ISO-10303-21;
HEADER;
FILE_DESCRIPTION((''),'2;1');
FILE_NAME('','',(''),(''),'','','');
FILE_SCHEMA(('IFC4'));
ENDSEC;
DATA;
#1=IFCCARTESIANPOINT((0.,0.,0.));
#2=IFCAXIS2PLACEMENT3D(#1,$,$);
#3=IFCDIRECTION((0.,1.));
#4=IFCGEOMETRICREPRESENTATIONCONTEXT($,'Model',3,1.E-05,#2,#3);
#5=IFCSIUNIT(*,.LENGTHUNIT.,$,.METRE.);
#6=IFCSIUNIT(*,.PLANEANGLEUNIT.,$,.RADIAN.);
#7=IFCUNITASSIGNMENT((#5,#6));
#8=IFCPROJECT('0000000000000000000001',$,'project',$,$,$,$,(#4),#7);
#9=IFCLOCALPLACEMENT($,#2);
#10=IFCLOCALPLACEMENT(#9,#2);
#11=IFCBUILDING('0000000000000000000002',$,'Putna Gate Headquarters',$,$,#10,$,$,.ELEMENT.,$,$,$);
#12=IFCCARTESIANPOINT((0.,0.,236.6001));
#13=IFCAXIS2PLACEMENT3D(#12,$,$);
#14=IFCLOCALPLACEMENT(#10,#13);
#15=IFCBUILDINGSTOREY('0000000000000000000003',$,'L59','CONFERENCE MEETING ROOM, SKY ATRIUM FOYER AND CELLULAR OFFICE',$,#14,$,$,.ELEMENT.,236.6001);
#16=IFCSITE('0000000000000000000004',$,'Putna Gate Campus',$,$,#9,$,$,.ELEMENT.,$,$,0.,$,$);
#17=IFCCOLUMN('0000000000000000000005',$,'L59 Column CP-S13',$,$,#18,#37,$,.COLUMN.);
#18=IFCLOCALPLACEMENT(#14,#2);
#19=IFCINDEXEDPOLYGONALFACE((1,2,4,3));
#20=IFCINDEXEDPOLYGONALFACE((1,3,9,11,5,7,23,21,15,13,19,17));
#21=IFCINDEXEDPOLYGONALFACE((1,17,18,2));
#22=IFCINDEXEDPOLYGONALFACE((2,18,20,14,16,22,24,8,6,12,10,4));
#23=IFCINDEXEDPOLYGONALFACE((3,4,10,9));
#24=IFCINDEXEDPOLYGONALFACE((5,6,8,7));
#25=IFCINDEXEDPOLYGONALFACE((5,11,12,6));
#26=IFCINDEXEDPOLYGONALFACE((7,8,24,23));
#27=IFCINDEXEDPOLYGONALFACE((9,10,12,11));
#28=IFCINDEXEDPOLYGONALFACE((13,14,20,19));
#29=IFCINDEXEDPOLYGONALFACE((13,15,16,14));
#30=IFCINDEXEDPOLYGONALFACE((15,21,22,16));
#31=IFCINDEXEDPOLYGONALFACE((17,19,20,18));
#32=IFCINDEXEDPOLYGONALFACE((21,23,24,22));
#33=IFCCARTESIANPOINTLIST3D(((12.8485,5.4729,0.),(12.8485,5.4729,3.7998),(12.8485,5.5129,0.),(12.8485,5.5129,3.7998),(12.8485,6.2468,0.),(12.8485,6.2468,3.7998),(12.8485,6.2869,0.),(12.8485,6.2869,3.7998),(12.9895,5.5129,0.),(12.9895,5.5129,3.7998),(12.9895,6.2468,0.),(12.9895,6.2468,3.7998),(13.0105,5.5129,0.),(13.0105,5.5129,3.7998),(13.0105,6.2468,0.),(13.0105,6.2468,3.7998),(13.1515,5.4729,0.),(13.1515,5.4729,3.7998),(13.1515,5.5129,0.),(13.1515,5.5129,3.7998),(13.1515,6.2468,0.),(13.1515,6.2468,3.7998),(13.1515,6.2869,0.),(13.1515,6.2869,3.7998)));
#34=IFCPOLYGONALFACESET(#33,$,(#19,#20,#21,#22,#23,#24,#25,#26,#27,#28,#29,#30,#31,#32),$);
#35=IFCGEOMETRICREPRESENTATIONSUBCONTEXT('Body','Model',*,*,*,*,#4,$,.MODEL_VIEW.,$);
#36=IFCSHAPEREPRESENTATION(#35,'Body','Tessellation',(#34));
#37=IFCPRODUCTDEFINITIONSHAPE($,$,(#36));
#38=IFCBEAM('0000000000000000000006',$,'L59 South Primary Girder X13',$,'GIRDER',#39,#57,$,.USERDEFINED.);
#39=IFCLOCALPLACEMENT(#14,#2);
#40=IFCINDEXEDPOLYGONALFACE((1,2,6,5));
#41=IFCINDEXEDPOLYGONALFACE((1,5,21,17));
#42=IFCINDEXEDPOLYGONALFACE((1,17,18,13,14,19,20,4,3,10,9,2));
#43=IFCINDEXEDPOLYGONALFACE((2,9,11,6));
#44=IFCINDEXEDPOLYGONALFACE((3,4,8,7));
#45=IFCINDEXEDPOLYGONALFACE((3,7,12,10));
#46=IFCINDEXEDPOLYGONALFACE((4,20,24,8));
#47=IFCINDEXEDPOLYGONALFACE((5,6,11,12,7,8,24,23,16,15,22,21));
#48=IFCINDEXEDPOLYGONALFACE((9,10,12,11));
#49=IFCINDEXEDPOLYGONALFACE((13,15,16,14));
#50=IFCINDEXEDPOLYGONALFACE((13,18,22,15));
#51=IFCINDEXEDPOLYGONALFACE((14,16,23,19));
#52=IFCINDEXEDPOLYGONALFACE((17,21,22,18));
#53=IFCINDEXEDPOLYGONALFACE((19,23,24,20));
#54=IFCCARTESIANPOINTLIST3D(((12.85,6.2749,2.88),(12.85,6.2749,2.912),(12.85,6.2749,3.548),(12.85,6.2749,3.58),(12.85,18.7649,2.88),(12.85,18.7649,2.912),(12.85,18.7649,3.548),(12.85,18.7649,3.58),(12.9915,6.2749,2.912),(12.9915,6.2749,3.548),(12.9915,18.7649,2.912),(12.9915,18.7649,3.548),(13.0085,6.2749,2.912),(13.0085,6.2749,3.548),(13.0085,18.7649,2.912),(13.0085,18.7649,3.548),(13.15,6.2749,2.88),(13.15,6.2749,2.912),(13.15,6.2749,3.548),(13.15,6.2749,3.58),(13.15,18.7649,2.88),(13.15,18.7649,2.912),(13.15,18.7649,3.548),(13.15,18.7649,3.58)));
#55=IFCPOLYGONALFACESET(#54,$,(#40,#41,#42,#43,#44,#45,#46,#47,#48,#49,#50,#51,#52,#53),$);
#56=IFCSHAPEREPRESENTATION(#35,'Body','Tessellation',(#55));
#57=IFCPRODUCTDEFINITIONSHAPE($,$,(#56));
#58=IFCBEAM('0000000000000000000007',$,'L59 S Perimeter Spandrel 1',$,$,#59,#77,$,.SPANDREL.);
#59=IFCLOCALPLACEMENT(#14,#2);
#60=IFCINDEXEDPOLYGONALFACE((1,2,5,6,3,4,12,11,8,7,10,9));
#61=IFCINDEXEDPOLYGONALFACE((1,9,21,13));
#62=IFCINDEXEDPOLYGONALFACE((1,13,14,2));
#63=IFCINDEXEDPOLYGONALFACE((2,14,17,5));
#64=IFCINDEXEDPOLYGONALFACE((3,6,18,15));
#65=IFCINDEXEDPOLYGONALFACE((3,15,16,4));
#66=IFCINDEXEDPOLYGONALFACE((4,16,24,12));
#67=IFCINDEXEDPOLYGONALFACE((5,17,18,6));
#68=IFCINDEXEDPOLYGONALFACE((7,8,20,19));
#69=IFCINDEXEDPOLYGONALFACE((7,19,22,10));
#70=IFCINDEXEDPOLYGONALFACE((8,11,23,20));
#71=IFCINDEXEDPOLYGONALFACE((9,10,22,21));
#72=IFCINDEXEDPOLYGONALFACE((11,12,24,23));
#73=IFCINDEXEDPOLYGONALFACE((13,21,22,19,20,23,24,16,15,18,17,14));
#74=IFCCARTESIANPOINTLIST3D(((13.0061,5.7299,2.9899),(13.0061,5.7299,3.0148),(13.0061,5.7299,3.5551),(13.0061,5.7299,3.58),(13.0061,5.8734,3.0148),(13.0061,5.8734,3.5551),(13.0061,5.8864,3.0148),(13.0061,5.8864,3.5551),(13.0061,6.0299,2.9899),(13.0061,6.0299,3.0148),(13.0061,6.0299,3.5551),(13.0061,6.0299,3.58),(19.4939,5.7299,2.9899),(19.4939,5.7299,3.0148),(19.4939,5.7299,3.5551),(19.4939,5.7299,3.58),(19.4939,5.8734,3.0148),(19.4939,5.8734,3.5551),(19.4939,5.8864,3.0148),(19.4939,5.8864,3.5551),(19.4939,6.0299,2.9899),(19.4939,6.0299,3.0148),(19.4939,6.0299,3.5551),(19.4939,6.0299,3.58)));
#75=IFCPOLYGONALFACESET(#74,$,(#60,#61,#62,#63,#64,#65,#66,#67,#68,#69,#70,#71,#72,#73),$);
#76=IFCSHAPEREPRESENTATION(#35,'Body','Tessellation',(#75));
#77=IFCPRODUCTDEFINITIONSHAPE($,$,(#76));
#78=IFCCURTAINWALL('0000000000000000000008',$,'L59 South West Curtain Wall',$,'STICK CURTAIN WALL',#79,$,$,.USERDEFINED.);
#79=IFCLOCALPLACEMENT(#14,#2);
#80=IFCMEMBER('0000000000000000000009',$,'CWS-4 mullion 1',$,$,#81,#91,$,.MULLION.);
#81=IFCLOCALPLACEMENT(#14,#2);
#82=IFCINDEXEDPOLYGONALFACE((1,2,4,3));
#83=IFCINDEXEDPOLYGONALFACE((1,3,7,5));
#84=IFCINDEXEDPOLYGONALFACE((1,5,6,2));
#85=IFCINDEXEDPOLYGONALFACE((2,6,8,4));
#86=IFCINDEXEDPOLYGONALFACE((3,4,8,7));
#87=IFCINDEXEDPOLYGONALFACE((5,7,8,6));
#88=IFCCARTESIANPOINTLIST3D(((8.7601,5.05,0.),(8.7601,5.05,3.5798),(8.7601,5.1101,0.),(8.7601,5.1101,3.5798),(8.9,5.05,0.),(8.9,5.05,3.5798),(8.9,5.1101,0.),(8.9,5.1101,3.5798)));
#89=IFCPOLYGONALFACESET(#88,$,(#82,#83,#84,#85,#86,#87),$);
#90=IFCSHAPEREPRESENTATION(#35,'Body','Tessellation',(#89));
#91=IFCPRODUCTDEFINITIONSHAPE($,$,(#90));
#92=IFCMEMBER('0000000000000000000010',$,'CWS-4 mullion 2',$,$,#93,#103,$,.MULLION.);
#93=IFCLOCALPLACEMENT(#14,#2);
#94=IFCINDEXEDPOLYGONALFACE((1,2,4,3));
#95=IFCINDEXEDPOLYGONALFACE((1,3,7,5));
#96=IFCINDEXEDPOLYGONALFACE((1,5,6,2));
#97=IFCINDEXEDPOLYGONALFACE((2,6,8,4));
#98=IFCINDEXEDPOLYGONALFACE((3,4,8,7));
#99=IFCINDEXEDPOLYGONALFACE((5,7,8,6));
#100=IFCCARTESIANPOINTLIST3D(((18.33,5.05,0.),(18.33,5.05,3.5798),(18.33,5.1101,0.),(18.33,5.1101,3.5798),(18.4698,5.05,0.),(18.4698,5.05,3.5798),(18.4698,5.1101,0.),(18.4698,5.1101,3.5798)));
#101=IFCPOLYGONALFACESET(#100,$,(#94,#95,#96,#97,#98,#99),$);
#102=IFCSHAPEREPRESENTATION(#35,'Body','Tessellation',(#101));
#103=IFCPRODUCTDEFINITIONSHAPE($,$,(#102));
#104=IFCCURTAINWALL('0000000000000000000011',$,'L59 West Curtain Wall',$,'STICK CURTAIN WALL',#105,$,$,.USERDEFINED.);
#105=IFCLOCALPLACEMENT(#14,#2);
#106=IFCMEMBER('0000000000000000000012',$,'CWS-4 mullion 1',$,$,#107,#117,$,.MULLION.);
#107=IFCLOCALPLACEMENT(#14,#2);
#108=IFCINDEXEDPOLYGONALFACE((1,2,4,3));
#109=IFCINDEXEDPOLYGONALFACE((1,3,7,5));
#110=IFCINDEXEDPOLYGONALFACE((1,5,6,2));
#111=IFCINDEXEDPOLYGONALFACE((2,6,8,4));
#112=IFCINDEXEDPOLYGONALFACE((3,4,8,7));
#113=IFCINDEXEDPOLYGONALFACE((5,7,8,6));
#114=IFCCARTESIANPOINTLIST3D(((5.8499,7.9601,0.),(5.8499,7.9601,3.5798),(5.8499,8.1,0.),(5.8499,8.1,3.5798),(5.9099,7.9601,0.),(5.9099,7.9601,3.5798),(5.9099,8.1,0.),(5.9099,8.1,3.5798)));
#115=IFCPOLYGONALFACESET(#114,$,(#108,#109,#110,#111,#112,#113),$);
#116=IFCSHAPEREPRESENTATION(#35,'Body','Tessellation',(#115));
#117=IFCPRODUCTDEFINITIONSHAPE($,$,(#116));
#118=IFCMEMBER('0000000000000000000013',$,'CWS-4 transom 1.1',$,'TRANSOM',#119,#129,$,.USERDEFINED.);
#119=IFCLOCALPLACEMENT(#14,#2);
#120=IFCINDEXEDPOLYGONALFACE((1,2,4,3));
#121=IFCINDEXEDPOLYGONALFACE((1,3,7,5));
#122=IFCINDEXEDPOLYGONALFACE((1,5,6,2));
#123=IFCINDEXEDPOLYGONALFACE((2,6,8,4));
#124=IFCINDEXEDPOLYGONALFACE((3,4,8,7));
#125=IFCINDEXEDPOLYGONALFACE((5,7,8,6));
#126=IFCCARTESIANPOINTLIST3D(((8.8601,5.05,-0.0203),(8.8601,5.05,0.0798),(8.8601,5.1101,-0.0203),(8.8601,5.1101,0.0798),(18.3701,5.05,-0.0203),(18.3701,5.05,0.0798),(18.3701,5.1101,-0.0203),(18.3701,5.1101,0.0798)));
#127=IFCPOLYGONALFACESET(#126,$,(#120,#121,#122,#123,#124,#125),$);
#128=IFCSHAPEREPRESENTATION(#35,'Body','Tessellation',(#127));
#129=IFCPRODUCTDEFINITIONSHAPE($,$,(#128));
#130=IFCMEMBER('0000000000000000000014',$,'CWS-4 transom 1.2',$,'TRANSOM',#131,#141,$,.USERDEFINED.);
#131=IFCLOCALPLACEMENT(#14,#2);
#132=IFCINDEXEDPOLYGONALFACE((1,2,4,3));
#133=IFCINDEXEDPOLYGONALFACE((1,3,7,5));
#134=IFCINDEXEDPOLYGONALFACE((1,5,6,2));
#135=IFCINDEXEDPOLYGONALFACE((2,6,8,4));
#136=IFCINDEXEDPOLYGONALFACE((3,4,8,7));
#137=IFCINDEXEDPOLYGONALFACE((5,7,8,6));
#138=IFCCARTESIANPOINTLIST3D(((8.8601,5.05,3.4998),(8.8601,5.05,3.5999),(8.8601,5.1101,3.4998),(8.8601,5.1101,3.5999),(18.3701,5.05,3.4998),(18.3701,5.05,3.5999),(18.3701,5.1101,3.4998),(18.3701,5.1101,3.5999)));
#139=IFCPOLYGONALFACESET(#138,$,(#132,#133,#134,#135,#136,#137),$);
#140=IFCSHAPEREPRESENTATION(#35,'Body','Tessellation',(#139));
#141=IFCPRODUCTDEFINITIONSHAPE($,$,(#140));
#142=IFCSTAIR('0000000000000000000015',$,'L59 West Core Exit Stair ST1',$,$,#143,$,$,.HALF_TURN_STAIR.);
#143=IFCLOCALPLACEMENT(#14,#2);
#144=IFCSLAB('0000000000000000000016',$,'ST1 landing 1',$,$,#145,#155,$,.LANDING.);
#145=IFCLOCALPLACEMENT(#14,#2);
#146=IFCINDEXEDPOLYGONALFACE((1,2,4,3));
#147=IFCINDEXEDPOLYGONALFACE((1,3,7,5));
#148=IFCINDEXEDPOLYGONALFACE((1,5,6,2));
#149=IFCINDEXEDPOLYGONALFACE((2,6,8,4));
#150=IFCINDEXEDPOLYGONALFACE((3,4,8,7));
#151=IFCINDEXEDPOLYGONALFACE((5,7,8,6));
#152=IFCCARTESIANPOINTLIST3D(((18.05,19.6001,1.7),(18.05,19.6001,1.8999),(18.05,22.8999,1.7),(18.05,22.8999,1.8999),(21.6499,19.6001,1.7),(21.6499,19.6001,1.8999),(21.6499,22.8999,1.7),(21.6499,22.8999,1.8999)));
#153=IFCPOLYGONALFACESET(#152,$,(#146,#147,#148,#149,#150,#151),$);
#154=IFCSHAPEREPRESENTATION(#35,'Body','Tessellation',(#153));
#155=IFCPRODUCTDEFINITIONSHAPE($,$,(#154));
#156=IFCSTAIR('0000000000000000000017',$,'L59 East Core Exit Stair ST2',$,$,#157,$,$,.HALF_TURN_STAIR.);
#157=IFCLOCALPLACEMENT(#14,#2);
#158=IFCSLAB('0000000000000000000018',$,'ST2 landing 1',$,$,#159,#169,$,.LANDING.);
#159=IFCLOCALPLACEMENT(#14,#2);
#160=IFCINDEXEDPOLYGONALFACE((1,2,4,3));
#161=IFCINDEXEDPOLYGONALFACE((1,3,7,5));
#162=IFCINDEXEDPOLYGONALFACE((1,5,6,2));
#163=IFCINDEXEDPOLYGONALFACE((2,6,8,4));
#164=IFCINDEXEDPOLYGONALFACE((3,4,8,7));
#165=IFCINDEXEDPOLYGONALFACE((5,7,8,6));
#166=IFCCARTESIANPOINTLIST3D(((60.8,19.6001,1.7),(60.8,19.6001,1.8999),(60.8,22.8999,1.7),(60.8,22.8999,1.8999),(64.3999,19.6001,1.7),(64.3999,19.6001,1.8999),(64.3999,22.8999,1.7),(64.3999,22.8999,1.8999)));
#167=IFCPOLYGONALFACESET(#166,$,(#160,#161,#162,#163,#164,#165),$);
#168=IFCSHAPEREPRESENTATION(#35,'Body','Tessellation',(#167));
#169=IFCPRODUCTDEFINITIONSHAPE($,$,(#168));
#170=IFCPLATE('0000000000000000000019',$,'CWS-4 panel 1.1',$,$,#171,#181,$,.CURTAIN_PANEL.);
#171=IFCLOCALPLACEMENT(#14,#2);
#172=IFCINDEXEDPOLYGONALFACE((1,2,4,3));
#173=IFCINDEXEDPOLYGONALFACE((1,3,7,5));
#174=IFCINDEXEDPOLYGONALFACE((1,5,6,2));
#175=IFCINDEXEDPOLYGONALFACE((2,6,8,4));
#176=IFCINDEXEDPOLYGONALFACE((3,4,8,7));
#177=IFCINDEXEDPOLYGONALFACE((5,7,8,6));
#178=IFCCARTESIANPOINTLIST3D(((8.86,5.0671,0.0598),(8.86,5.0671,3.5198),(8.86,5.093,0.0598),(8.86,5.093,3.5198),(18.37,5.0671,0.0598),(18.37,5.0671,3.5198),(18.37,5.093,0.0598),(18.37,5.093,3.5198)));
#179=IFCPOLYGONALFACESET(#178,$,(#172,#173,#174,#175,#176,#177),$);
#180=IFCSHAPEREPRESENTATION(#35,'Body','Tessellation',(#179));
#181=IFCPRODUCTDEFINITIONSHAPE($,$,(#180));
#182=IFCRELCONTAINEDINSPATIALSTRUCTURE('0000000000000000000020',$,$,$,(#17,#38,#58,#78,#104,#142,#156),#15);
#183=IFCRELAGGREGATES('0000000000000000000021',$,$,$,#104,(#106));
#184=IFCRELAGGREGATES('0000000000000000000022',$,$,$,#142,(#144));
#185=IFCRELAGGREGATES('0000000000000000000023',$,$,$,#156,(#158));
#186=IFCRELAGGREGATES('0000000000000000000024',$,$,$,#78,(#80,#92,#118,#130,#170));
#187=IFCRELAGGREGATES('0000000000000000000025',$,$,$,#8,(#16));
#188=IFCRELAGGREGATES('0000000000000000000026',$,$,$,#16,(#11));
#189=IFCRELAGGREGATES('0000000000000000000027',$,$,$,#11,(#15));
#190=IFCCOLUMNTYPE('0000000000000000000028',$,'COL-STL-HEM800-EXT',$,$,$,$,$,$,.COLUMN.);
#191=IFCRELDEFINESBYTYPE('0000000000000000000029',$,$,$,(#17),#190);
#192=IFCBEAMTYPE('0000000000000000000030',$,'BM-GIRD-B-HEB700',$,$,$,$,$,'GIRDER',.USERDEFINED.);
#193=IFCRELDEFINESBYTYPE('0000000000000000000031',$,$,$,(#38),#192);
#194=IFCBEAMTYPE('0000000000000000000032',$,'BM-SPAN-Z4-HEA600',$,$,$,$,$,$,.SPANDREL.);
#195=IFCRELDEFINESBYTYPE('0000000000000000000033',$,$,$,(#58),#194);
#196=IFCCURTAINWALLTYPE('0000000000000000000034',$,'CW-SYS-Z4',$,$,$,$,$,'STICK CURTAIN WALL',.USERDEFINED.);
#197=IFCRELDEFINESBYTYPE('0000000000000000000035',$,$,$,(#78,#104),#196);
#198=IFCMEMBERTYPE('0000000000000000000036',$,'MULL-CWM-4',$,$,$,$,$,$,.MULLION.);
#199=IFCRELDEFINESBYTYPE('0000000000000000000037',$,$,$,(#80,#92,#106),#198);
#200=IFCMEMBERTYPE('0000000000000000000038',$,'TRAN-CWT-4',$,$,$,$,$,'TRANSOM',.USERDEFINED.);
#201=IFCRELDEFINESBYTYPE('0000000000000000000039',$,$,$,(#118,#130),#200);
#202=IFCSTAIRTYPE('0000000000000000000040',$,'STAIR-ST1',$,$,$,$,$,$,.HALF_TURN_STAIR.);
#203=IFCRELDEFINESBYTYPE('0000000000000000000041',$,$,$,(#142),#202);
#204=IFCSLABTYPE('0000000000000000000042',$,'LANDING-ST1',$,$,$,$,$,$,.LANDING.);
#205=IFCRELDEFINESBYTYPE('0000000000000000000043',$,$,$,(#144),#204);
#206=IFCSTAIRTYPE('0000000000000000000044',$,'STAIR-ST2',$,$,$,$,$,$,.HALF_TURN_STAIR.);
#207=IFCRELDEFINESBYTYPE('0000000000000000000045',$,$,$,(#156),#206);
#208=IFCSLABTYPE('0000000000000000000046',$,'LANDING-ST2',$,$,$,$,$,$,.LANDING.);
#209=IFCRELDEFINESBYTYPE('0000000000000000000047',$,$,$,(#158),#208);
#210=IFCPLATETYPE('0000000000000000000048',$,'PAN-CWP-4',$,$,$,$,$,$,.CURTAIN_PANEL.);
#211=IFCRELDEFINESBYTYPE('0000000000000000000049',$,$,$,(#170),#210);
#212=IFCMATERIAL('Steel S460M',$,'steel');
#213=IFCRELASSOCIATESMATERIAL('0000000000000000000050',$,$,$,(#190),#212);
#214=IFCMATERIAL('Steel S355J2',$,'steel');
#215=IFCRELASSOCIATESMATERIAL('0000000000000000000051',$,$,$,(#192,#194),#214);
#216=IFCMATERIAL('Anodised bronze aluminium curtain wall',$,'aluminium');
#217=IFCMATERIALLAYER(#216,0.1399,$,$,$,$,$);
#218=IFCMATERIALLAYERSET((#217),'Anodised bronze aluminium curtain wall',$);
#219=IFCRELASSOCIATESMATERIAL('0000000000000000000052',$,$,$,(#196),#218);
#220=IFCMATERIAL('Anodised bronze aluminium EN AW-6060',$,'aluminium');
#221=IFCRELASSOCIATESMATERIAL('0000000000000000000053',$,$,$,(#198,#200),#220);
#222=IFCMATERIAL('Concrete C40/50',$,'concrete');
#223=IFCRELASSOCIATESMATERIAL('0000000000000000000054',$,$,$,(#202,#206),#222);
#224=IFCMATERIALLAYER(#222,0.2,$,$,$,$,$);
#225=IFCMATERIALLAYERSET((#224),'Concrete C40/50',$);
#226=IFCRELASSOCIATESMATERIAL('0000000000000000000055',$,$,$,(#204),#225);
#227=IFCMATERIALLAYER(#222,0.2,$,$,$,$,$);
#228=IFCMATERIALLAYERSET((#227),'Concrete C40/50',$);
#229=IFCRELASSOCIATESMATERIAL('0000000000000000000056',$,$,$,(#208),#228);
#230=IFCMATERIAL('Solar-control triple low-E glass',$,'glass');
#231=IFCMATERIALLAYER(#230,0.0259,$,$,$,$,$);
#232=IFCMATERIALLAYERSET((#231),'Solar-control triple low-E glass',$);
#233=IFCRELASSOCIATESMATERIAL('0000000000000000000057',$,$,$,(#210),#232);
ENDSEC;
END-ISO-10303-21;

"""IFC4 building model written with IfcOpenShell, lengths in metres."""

from ifc_helpers import new_model, si_unit, direction, frame, origin, origin_2d, place, context, subcontext, project, spatial, polyline, rectangle, i_section, outline, extrude, material, layer, layer_set, material_profile, profile_set, type_object, element, aggregate, save


model = new_model("IFC4")

# Units and contexts
model_context = context("Model", 3, precision=1e-05, world=origin(), true_north=direction((0.0, 1.0)))
body_context = subcontext(model_context, "Body", "Model", "MODEL_VIEW")
ifc_project = project(units=[si_unit("LENGTHUNIT", "METRE"), si_unit("PLANEANGLEUNIT", "RADIAN")], contexts=[model_context])

# Site, building, storey
site_placement = place(None, origin())
site = spatial("IfcSite", under=ifc_project, at=site_placement, Name="Putna Gate Campus", CompositionType="ELEMENT", RefElevation=0.0)
building_placement = place(site_placement, origin())
building = spatial("IfcBuilding", under=site, at=building_placement, Name="Putna Gate Headquarters", CompositionType="ELEMENT")
storey_placement = place(building_placement, frame((0.0, 0.0, 236.6001)))
storey = spatial("IfcBuildingStorey", under=building, at=storey_placement, Name="L59", Description="CONFERENCE MEETING ROOM, SKY ATRIUM FOYER AND CELLULAR OFFICE", CompositionType="ELEMENT", Elevation=236.6001)

# Column
ifc_material_1 = material(Name="Steel S460M", Category="steel")
ifc_material_profile_1 = material_profile(ifc_material_1, i_section(OverallWidth=0.303, OverallDepth=0.814, WebThickness=0.021, FlangeThickness=0.04, at=origin_2d()), Name="Steel S460M")
ifc_profile_set_1 = profile_set([ifc_material_profile_1], Name="Steel S460M")
column_type = type_object("IfcColumnType", Name="COL-STL-HEM800-EXT", PredefinedType="COLUMN", material=ifc_profile_set_1)
column_placement = place(storey_placement, frame((13.0, 5.8799, 0.0), z_axis=(0.0, 0.0, 1.0), x_axis=(1.0, 0.0, 0.0)))
element("IfcColumn", 1, at=column_placement, inside=storey, type_object=column_type, Name="L59 Column CP-S13", PredefinedType="COLUMN", context=body_context, shape_type="SweptSolid", body=[
    extrude(i_section(OverallWidth=0.303, OverallDepth=0.814, WebThickness=0.021, FlangeThickness=0.04, at=origin_2d()), origin(), (0.0, 0.0, 1.0), 3.7998),
])

# Beams
ifc_material_2 = material(Name="Steel S355J2", Category="steel")
ifc_material_profile_2 = material_profile(ifc_material_2, i_section(OverallWidth=0.3, OverallDepth=0.7, WebThickness=0.0171, FlangeThickness=0.032, at=origin_2d()), Name="Steel S355J2")
ifc_profile_set_2 = profile_set([ifc_material_profile_2], Name="Steel S355J2")
beam_type_1 = type_object("IfcBeamType", Name="BM-GIRD-B-HEB700", ElementType="GIRDER", PredefinedType="USERDEFINED", material=ifc_profile_set_2)
beam_1_placement = place(storey_placement, frame((13.0, 6.2749, 3.23), z_axis=(0.0, 1.0, 0.0), x_axis=(-1.0, 0.0, 0.0)))
element("IfcBeam", 2, at=beam_1_placement, inside=storey, type_object=beam_type_1, Name="L59 South Primary Girder X13", ObjectType="GIRDER", PredefinedType="USERDEFINED", context=body_context, shape_type="SweptSolid", body=[
    extrude(i_section(OverallWidth=0.3, OverallDepth=0.7, WebThickness=0.0171, FlangeThickness=0.032, at=origin_2d()), origin(), (0.0, 0.0, 1.0), 12.49),
])
ifc_material_profile_3 = material_profile(ifc_material_2, i_section(OverallWidth=0.3, OverallDepth=0.5901, WebThickness=0.0129, FlangeThickness=0.0249, at=origin_2d()), Name="Steel S355J2")
ifc_profile_set_3 = profile_set([ifc_material_profile_3], Name="Steel S355J2")
beam_type_2 = type_object("IfcBeamType", Name="BM-SPAN-Z4-HEA600", PredefinedType="SPANDREL", material=ifc_profile_set_3)
beam_2_placement = place(storey_placement, frame((13.0061, 5.8799, 3.2849), z_axis=(1.0, 0.0, 0.0), x_axis=(0.0, 1.0, 0.0)))
element("IfcBeam", 3, at=beam_2_placement, inside=storey, type_object=beam_type_2, Name="L59 S Perimeter Spandrel 1", PredefinedType="SPANDREL", context=body_context, shape_type="SweptSolid", body=[
    extrude(i_section(OverallWidth=0.3, OverallDepth=0.5901, WebThickness=0.0129, FlangeThickness=0.0249, at=origin_2d()), origin(), (0.0, 0.0, 1.0), 6.4878),
])

# Curtain wall, members
ifc_material_3 = material(Name="Anodised bronze aluminium curtain wall", Category="aluminium")
ifc_layer_1 = layer(ifc_material_3, 0.1399)
ifc_layer_set_1 = layer_set([ifc_layer_1], Name="Anodised bronze aluminium curtain wall")
curtain_wall_type = type_object("IfcCurtainWallType", Name="CW-SYS-Z4", ElementType="STICK CURTAIN WALL", PredefinedType="USERDEFINED", material=ifc_layer_set_1)
curtain_wall_1_placement = place(storey_placement, origin())
curtain_wall_1 = element("IfcCurtainWall", 4, at=curtain_wall_1_placement, inside=storey, type_object=curtain_wall_type, Name="L59 South West Curtain Wall", ObjectType="STICK CURTAIN WALL", PredefinedType="USERDEFINED")
ifc_material_4 = material(Name="Anodised bronze aluminium EN AW-6060", Category="aluminium")
ifc_material_profile_4 = material_profile(ifc_material_4, rectangle(XDim=0.0601, YDim=0.1399, at=origin_2d()), Name="Anodised bronze aluminium EN AW-6060")
ifc_profile_set_4 = profile_set([ifc_material_profile_4], Name="Anodised bronze aluminium EN AW-6060")
member_type_1 = type_object("IfcMemberType", Name="MULL-CWM-4", PredefinedType="MULLION", material=ifc_profile_set_4)
member_1_placement = place(storey_placement, frame((8.8301, 5.0801, 0.0), z_axis=(0.0, 0.0, 1.0), x_axis=(0.0, 1.0, 0.0)))
member_1 = element("IfcMember", 5, at=member_1_placement, type_object=member_type_1, Name="CWS-4 mullion 1", PredefinedType="MULLION", context=body_context, shape_type="SweptSolid", body=[
    extrude(rectangle(XDim=0.0601, YDim=0.1399, at=origin_2d()), origin(), (0.0, 0.0, 1.0), 3.5798),
])
member_2_placement = place(storey_placement, frame((18.3999, 5.0801, 0.0), z_axis=(0.0, 0.0, 1.0), x_axis=(0.0, 1.0, 0.0)))
member_2 = element("IfcMember", 6, at=member_2_placement, type_object=member_type_1, Name="CWS-4 mullion 2", PredefinedType="MULLION", context=body_context, shape_type="SweptSolid", body=[
    extrude(rectangle(XDim=0.0601, YDim=0.1399, at=origin_2d()), origin(), (0.0, 0.0, 1.0), 3.5798),
])

# Curtain wall, member
curtain_wall_2_placement = place(storey_placement, origin())
curtain_wall_2 = element("IfcCurtainWall", 7, at=curtain_wall_2_placement, inside=storey, type_object=curtain_wall_type, Name="L59 West Curtain Wall", ObjectType="STICK CURTAIN WALL", PredefinedType="USERDEFINED")
member_3_placement = place(storey_placement, frame((5.8799, 8.03, 0.0), z_axis=(0.0, 0.0, 1.0), x_axis=(-1.0, 0.0, 0.0)))
member_3 = element("IfcMember", 8, at=member_3_placement, type_object=member_type_1, Name="CWS-4 mullion 1", PredefinedType="MULLION", context=body_context, shape_type="SweptSolid", body=[
    extrude(rectangle(XDim=0.0601, YDim=0.1399, at=origin_2d()), origin(), (0.0, 0.0, 1.0), 3.5798),
])
aggregate(curtain_wall_2, [member_3])

# Members
ifc_material_profile_5 = material_profile(ifc_material_4, rectangle(XDim=0.0601, YDim=0.1001, at=origin_2d()), Name="Anodised bronze aluminium EN AW-6060")
ifc_profile_set_5 = profile_set([ifc_material_profile_5], Name="Anodised bronze aluminium EN AW-6060")
member_type_2 = type_object("IfcMemberType", Name="TRAN-CWT-4", ElementType="TRANSOM", PredefinedType="USERDEFINED", material=ifc_profile_set_5)
member_4_placement = place(storey_placement, frame((8.8601, 5.0801, 0.0298), z_axis=(1.0, 0.0, 0.0), x_axis=(0.0, 1.0, 0.0)))
member_4 = element("IfcMember", 9, at=member_4_placement, type_object=member_type_2, Name="CWS-4 transom 1.1", ObjectType="TRANSOM", PredefinedType="USERDEFINED", context=body_context, shape_type="SweptSolid", body=[
    extrude(rectangle(XDim=0.0601, YDim=0.1001, at=origin_2d()), origin(), (0.0, 0.0, 1.0), 9.51),
])
member_5_placement = place(storey_placement, frame((8.8601, 5.0801, 3.5498), z_axis=(1.0, 0.0, 0.0), x_axis=(0.0, 1.0, 0.0)))
member_5 = element("IfcMember", 10, at=member_5_placement, type_object=member_type_2, Name="CWS-4 transom 1.2", ObjectType="TRANSOM", PredefinedType="USERDEFINED", context=body_context, shape_type="SweptSolid", body=[
    extrude(rectangle(XDim=0.0601, YDim=0.1001, at=origin_2d()), origin(), (0.0, 0.0, 1.0), 9.51),
])

# Stairs, slabs
ifc_material_5 = material(Name="Concrete C40/50", Category="concrete")
stair_type_1 = type_object("IfcStairType", Name="STAIR-ST1", PredefinedType="HALF_TURN_STAIR", material=ifc_material_5)
stair_1_placement = place(storey_placement, origin())
stair_1 = element("IfcStair", 11, at=stair_1_placement, inside=storey, type_object=stair_type_1, Name="L59 West Core Exit Stair ST1", PredefinedType="HALF_TURN_STAIR")
ifc_layer_2 = layer(ifc_material_5, 0.2)
ifc_layer_set_2 = layer_set([ifc_layer_2], Name="Concrete C40/50")
slab_type_1 = type_object("IfcSlabType", Name="LANDING-ST1", PredefinedType="LANDING", material=ifc_layer_set_2)
slab_1_placement = place(storey_placement, frame((0.0, 0.0, 1.7)))
slab_1 = element("IfcSlab", 12, at=slab_1_placement, type_object=slab_type_1, Name="ST1 landing 1", PredefinedType="LANDING", context=body_context, shape_type="SweptSolid", body=[
    extrude(outline(polyline([(18.05, 19.6001), (21.6499, 19.6001), (21.6499, 22.8999), (18.05, 22.8999), (18.05, 19.6001)])), origin(), (0.0, 0.0, 1.0), 0.2),
])
aggregate(stair_1, [slab_1])
stair_type_2 = type_object("IfcStairType", Name="STAIR-ST2", PredefinedType="HALF_TURN_STAIR", material=ifc_material_5)
stair_2_placement = place(storey_placement, origin())
stair_2 = element("IfcStair", 13, at=stair_2_placement, inside=storey, type_object=stair_type_2, Name="L59 East Core Exit Stair ST2", PredefinedType="HALF_TURN_STAIR")
ifc_layer_3 = layer(ifc_material_5, 0.2)
ifc_layer_set_3 = layer_set([ifc_layer_3], Name="Concrete C40/50")
slab_type_2 = type_object("IfcSlabType", Name="LANDING-ST2", PredefinedType="LANDING", material=ifc_layer_set_3)
slab_2_placement = place(storey_placement, frame((0.0, 0.0, 1.7)))
slab_2 = element("IfcSlab", 14, at=slab_2_placement, type_object=slab_type_2, Name="ST2 landing 1", PredefinedType="LANDING", context=body_context, shape_type="SweptSolid", body=[
    extrude(outline(polyline([(60.8, 19.6001), (64.3999, 19.6001), (64.3999, 22.8999), (60.8, 22.8999), (60.8, 19.6001)])), origin(), (0.0, 0.0, 1.0), 0.2),
])
aggregate(stair_2, [slab_2])

# Plate
ifc_material_6 = material(Name="Solar-control triple low-E glass", Category="glass")
ifc_layer_4 = layer(ifc_material_6, 0.0259)
ifc_layer_set_4 = layer_set([ifc_layer_4], Name="Solar-control triple low-E glass")
plate_type = type_object("IfcPlateType", Name="PAN-CWP-4", PredefinedType="CURTAIN_PANEL", material=ifc_layer_set_4)
plate_placement = place(storey_placement, frame((13.615, 5.0801, 0.0598), z_axis=(0.0, 0.0, 1.0), x_axis=(1.0, 0.0, 0.0)))
plate = element("IfcPlate", 15, at=plate_placement, type_object=plate_type, Name="CWS-4 panel 1.1", PredefinedType="CURTAIN_PANEL", context=body_context, shape_type="SweptSolid", body=[
    extrude(rectangle(XDim=9.51, YDim=0.0259, at=origin_2d()), origin(), (0.0, 0.0, 1.0), 3.46),
])
aggregate(curtain_wall_1, [member_1, member_2, member_4, member_5, plate])

save(model, "model.ifc")
